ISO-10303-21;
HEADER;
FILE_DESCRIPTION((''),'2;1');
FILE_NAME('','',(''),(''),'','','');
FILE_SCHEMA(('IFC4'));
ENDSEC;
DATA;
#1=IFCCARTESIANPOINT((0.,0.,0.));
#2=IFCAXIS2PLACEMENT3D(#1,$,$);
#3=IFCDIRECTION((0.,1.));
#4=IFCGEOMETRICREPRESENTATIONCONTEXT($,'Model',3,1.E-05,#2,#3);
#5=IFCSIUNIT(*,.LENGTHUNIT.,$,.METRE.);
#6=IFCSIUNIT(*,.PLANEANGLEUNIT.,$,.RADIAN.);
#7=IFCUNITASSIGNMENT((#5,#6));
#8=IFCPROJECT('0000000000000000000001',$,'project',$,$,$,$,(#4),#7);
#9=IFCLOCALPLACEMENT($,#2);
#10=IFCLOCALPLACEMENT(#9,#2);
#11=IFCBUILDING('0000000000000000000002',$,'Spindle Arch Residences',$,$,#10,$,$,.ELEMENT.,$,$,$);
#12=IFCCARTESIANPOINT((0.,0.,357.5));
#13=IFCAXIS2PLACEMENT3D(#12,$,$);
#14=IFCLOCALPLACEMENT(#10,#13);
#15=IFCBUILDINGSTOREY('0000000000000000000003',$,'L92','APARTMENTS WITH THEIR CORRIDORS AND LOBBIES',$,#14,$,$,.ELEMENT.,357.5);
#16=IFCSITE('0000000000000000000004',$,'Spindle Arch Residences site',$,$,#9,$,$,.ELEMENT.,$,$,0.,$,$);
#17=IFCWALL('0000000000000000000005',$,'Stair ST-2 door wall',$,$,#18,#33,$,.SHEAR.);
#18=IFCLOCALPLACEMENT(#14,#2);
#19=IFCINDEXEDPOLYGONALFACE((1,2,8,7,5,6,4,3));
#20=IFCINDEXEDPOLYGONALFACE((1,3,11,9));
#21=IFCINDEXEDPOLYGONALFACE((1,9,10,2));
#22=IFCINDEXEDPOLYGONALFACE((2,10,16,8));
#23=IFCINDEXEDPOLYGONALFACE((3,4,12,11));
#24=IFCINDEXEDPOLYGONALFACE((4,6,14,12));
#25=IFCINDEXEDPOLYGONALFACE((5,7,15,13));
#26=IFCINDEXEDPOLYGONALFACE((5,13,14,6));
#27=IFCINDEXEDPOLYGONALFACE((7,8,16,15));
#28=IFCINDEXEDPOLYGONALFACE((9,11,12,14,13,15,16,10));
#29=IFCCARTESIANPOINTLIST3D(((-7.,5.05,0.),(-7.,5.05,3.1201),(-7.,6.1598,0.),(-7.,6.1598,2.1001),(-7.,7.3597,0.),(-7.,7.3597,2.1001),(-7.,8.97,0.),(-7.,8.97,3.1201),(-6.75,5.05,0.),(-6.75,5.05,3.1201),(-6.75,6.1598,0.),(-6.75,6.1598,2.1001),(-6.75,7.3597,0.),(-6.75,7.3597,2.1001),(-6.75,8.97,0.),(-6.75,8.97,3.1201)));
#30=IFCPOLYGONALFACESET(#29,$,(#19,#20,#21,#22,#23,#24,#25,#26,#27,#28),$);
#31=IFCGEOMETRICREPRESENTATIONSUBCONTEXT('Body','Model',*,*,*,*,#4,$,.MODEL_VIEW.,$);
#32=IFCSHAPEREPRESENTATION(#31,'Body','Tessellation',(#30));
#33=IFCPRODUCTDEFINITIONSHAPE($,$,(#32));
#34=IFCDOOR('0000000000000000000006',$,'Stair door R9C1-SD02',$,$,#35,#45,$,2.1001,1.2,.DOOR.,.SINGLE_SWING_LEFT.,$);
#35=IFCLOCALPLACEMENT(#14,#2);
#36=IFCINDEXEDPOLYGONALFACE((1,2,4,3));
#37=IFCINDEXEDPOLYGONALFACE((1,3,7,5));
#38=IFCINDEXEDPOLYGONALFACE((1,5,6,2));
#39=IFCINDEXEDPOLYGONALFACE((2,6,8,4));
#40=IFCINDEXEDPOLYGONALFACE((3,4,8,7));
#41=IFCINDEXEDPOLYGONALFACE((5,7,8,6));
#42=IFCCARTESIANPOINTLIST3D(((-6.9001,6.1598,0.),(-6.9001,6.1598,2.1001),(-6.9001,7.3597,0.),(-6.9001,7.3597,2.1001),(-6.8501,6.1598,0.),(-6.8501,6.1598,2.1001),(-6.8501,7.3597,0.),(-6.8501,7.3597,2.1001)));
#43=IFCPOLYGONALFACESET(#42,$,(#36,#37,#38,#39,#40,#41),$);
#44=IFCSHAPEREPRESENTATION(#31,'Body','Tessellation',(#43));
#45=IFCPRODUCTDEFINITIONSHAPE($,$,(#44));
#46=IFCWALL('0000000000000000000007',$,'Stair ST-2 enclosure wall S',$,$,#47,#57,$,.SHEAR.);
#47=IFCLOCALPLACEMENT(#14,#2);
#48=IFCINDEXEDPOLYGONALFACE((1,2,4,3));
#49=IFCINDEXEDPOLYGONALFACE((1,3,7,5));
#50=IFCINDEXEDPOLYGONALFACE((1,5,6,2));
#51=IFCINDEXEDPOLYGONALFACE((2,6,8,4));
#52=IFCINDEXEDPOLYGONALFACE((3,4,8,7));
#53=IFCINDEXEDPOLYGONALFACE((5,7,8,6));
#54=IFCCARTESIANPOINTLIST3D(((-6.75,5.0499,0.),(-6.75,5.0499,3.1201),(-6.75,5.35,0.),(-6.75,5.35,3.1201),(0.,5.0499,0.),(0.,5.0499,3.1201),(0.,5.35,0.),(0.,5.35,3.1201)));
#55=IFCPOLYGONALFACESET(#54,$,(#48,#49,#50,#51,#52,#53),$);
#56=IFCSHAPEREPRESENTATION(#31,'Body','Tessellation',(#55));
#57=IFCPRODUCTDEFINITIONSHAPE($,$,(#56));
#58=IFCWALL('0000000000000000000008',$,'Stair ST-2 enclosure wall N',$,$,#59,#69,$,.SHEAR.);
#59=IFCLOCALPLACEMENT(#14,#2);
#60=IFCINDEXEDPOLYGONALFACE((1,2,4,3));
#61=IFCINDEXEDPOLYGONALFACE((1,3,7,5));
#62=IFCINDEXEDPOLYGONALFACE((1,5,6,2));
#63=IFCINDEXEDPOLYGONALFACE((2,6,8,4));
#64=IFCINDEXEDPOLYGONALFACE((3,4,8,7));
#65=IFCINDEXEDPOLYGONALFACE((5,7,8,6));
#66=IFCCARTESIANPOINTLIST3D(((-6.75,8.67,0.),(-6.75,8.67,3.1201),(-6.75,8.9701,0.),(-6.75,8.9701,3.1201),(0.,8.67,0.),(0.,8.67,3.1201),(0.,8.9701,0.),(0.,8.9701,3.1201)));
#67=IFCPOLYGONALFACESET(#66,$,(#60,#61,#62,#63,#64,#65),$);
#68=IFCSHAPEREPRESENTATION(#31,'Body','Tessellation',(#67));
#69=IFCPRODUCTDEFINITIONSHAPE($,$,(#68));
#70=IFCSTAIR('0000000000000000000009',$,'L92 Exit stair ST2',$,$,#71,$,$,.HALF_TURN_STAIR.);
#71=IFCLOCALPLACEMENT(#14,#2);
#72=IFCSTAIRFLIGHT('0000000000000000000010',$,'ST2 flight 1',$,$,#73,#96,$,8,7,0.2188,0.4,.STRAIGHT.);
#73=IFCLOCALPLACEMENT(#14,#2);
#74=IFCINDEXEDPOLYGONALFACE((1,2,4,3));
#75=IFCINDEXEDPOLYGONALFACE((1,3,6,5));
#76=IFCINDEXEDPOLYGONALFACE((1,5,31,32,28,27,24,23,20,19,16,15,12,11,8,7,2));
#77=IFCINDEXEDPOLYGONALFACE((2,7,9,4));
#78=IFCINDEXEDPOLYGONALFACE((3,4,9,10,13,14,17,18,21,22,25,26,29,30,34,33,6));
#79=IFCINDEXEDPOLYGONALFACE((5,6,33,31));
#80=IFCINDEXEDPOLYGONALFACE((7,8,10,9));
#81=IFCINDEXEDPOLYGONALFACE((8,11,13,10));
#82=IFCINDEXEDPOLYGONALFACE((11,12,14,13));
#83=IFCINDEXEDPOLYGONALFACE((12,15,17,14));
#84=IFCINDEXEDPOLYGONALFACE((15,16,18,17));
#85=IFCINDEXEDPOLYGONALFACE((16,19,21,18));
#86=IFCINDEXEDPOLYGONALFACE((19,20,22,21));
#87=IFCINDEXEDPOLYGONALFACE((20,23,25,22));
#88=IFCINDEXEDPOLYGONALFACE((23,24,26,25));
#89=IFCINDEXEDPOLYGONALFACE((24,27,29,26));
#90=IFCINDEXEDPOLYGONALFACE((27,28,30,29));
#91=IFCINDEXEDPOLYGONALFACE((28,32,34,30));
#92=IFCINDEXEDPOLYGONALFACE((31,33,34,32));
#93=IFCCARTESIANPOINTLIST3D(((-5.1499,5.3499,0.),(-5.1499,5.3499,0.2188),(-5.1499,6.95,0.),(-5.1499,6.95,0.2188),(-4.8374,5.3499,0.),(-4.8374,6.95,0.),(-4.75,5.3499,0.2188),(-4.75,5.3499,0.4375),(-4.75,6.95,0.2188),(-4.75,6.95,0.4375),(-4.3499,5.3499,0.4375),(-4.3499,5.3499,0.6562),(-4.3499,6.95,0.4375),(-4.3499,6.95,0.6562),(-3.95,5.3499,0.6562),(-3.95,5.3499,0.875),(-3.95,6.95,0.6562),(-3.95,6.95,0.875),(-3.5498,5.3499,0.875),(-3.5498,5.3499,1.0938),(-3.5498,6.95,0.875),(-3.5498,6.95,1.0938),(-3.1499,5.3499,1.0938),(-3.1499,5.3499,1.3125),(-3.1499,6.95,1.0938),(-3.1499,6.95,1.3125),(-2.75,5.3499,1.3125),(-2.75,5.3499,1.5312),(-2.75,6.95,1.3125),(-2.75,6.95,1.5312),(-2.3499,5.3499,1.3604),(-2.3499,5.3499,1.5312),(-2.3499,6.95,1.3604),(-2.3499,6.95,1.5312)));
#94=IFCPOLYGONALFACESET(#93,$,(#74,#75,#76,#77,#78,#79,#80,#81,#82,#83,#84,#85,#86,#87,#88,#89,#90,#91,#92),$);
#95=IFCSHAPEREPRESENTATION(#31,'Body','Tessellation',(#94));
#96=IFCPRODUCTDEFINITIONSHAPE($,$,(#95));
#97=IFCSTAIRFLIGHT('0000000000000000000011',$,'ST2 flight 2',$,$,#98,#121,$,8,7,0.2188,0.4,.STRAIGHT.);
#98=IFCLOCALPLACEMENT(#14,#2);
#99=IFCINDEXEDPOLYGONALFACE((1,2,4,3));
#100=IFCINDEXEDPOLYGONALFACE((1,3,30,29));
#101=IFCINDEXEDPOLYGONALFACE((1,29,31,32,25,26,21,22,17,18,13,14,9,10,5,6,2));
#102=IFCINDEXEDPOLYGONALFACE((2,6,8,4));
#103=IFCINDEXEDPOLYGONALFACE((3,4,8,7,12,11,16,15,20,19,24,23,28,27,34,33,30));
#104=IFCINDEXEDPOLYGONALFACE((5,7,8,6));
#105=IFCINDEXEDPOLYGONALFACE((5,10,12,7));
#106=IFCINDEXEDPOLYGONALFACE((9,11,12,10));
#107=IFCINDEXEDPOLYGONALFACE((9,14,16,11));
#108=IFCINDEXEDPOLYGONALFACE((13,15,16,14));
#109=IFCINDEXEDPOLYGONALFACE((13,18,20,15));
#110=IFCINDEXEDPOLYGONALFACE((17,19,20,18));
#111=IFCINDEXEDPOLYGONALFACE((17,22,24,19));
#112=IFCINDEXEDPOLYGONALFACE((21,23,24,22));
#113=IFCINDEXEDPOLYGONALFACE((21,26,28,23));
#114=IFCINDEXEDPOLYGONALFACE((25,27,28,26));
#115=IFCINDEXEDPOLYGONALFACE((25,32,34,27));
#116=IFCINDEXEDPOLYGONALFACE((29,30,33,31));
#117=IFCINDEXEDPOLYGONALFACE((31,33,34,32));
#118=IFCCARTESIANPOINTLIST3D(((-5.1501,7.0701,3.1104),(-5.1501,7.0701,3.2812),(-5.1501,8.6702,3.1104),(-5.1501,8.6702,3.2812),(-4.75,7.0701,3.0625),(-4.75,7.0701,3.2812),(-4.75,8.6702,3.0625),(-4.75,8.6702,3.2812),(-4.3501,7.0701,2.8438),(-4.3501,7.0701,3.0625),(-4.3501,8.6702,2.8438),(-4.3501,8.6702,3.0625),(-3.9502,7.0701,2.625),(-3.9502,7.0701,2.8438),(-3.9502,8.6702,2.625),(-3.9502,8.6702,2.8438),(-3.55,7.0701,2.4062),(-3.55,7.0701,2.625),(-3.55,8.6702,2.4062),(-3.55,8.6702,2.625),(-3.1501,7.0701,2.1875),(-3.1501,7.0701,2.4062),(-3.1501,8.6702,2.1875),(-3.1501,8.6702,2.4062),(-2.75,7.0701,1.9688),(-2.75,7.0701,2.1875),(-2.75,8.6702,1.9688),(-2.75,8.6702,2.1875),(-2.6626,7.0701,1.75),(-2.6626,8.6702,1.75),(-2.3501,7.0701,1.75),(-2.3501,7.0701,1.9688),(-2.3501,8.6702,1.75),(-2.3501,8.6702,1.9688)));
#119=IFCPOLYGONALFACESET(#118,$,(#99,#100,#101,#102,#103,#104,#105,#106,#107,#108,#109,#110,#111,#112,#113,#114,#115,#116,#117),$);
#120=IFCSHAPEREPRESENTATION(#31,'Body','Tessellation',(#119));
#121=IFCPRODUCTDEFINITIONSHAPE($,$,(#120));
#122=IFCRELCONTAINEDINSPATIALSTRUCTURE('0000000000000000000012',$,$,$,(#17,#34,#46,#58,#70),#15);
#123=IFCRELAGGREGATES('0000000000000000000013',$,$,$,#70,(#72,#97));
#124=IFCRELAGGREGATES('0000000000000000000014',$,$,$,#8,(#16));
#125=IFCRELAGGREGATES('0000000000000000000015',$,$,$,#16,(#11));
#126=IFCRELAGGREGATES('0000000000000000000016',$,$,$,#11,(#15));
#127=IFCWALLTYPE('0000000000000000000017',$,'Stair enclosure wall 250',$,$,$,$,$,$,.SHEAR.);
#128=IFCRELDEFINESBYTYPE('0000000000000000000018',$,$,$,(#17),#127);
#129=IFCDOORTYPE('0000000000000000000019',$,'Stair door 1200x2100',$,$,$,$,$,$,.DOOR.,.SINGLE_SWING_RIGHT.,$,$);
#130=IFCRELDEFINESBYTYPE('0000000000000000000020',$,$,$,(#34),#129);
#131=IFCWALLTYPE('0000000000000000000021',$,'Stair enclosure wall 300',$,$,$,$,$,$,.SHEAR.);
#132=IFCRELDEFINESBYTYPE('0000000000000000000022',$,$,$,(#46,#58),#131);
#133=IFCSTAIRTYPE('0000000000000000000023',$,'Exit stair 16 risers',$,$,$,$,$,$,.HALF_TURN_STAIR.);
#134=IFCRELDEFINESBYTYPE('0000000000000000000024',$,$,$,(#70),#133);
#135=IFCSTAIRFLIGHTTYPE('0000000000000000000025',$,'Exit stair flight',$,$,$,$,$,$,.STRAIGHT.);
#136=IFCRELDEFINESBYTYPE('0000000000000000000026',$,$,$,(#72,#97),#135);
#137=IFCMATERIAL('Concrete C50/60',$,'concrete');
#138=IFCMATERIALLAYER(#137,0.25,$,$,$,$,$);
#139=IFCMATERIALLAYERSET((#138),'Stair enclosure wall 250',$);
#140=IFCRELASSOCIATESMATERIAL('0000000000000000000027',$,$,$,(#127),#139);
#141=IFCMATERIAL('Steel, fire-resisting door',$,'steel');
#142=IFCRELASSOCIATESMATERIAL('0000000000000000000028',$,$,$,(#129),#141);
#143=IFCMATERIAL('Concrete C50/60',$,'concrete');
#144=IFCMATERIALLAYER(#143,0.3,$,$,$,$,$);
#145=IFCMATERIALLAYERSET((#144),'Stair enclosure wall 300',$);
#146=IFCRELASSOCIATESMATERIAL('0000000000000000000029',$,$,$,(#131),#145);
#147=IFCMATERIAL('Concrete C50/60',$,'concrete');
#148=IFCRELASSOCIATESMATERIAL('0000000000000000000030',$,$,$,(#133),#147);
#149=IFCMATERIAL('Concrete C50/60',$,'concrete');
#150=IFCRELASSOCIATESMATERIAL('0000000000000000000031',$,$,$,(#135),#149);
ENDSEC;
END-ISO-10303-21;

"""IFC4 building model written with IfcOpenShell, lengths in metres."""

from ifc_helpers import new_model, si_unit, direction, frame, frame_2d, origin, place, context, subcontext, project, spatial, polyline, rectangle, outline, extrude, material, layer, layer_set, type_object, element, fill, aggregate, save


model = new_model("IFC4")

# Units and contexts
model_context = context("Model", 3, precision=1e-05, world=origin(), true_north=direction((0.0, 1.0)))
body_context = subcontext(model_context, "Body", "Model", "MODEL_VIEW")
ifc_project = project(units=[si_unit("LENGTHUNIT", "METRE"), si_unit("PLANEANGLEUNIT", "RADIAN")], contexts=[model_context])

# Site, building, storey
site_placement = place(None, origin())
site = spatial("IfcSite", under=ifc_project, at=site_placement, Name="Spindle Arch Residences site", CompositionType="ELEMENT", RefElevation=0.0)
building_placement = place(site_placement, origin())
building = spatial("IfcBuilding", under=site, at=building_placement, Name="Spindle Arch Residences", CompositionType="ELEMENT")
storey_placement = place(building_placement, frame((0.0, 0.0, 357.5)))
storey = spatial("IfcBuildingStorey", under=building, at=storey_placement, Name="L92", Description="APARTMENTS WITH THEIR CORRIDORS AND LOBBIES", CompositionType="ELEMENT", Elevation=357.5)

# Wall, opening, door
ifc_material_1 = material(Name="Concrete C50/60", Category="concrete")
ifc_layer_1 = layer(ifc_material_1, 0.25)
ifc_layer_set_1 = layer_set([ifc_layer_1], Name="Stair enclosure wall 250")
wall_type_1 = type_object("IfcWallType", Name="Stair enclosure wall 250", PredefinedType="SHEAR", material=ifc_layer_set_1)
wall_1_placement = place(storey_placement, frame((-6.875, 8.97, 0.0), z_axis=(0.0, 0.0, 1.0), x_axis=(0.0, -1.0, 0.0)))
wall_1 = element("IfcWall", 1, at=wall_1_placement, inside=storey, type_object=wall_type_1, Name="Stair ST-2 door wall", PredefinedType="SHEAR", context=body_context, shape_type="SweptSolid", body=[
    extrude(rectangle(XDim=3.9199, YDim=0.25, at=frame_2d((1.96, 0.0))), origin(), (0.0, 0.0, 1.0), 3.1201),
])
opening_1_placement = place(wall_1_placement, frame((1.6101, 0.0, 0.0)))
opening_1 = element("IfcOpeningElement", 2, at=opening_1_placement, cuts=wall_1, PredefinedType="OPENING", context=body_context, shape_type="SweptSolid", body=[
    extrude(rectangle(XDim=1.2, YDim=2.1001, at=frame_2d((0.6001, 1.05))), frame((0.0, 0.135, 0.0), z_axis=(0.0, -1.0, 0.0), x_axis=(1.0, 0.0, 0.0)), (0.0, 0.0, 1.0), 0.27),
])
ifc_material_2 = material(Name="Steel, fire-resisting door", Category="steel")
door_type_1 = type_object("IfcDoorType", Name="Stair door 1200x2100", OperationType="SINGLE_SWING_RIGHT", PredefinedType="DOOR", material=ifc_material_2)
door_1_placement = place(opening_1_placement, origin())
door_1 = element("IfcDoor", 3, at=door_1_placement, inside=storey, type_object=door_type_1, Name="Stair door R9C1-SD02", OperationType="SINGLE_SWING_LEFT", OverallHeight=2.1001, OverallWidth=1.2, PredefinedType="DOOR", context=body_context, shape_type="SweptSolid", body=[
    extrude(rectangle(XDim=1.2, YDim=2.1001, at=frame_2d((0.6001, 1.05))), frame((0.0, 0.0249, 0.0), z_axis=(0.0, -1.0, 0.0), x_axis=(1.0, 0.0, 0.0)), (0.0, 0.0, 1.0), 0.05),
])
fill(opening_1, door_1)

# Walls
ifc_material_3 = material(Name="Concrete C50/60", Category="concrete")
ifc_layer_2 = layer(ifc_material_3, 0.3)
ifc_layer_set_2 = layer_set([ifc_layer_2], Name="Stair enclosure wall 300")
wall_type_2 = type_object("IfcWallType", Name="Stair enclosure wall 300", PredefinedType="SHEAR", material=ifc_layer_set_2)
for number, where, z_axis, x_axis, name in (
    (4, (-6.75, 5.2, 0.0), (0.0, 0.0, 1.0), (1.0, 0.0, 0.0), "Stair ST-2 enclosure wall S"),
    (5, (-6.75, 8.8201, 0.0), (0.0, 0.0, 1.0), (1.0, 0.0, 0.0), "Stair ST-2 enclosure wall N"),
):
    element("IfcWall", number, at=place(storey_placement, frame(where, z_axis=z_axis, x_axis=x_axis)), inside=storey, type_object=wall_type_2, Name=name, PredefinedType="SHEAR", context=body_context, shape_type="SweptSolid", body=[
        extrude(rectangle(XDim=6.75, YDim=0.3, at=frame_2d((3.375, 0.0))), origin(), (0.0, 0.0, 1.0), 3.1201),
    ])

# Stair, stair flights
ifc_material_4 = material(Name="Concrete C50/60", Category="concrete")
stair_type = type_object("IfcStairType", Name="Exit stair 16 risers", PredefinedType="HALF_TURN_STAIR", material=ifc_material_4)
stair_placement = place(storey_placement, origin())
stair = element("IfcStair", 6, at=stair_placement, inside=storey, type_object=stair_type, Name="L92 Exit stair ST2", PredefinedType="HALF_TURN_STAIR")
ifc_material_5 = material(Name="Concrete C50/60", Category="concrete")
stair_flight_type = type_object("IfcStairFlightType", Name="Exit stair flight", PredefinedType="STRAIGHT", material=ifc_material_5)
stair_flight_1_placement = place(storey_placement, frame((-5.1499, 6.1499, 0.0), z_axis=(0.0, 0.0, 1.0), x_axis=(1.0, 0.0, 0.0)))
stair_flight_1 = element("IfcStairFlight", 7, at=stair_flight_1_placement, type_object=stair_flight_type, Name="ST2 flight 1", NumberOfRisers=8, NumberOfTreads=7, PredefinedType="STRAIGHT", RiserHeight=0.2188, TreadLength=0.4, context=body_context, shape_type="SweptSolid", body=[
    extrude(outline(polyline([(0.0, 0.0), (0.0, 0.2188), (0.3999, 0.2188), (0.3999, 0.4375), (0.8, 0.4375), (0.8, 0.6562), (1.2, 0.6562), (1.2, 0.875), (1.6001, 0.875), (1.6001, 1.0938), (2.0, 1.0938), (2.0, 1.3125), (2.3999, 1.3125), (2.3999, 1.5312), (2.8, 1.5312), (2.8, 1.75), (2.8, 1.3604), (0.3125, 0.0), (0.0, 0.0)])), frame((0.0, 0.8, 0.0), z_axis=(0.0, -1.0, 0.0), x_axis=(1.0, 0.0, 0.0)), (0.0, 0.0, 1.0), 1.6001),
])
stair_flight_2_placement = place(storey_placement, frame((-2.3501, 7.8701, 1.75), z_axis=(0.0, 0.0, 1.0), x_axis=(-1.0, 0.0, 0.0)))
stair_flight_2 = element("IfcStairFlight", 8, at=stair_flight_2_placement, type_object=stair_flight_type, Name="ST2 flight 2", NumberOfRisers=8, NumberOfTreads=7, PredefinedType="STRAIGHT", RiserHeight=0.2188, TreadLength=0.4, context=body_context, shape_type="SweptSolid", body=[
    extrude(outline(polyline([(0.0, 0.0), (0.0, 0.2188), (0.3999, 0.2188), (0.3999, 0.4375), (0.8, 0.4375), (0.8, 0.6562), (1.2, 0.6562), (1.2, 0.875), (1.6001, 0.875), (1.6001, 1.0938), (2.0, 1.0938), (2.0, 1.3125), (2.3999, 1.3125), (2.3999, 1.5312), (2.8, 1.5312), (2.8, 1.75), (2.8, 1.3604), (0.3125, 0.0), (0.0, 0.0)])), frame((0.0, 0.8, 0.0), z_axis=(0.0, -1.0, 0.0), x_axis=(1.0, 0.0, 0.0)), (0.0, 0.0, 1.0), 1.6001),
])
aggregate(stair, [stair_flight_1, stair_flight_2])

save(model, "model.ifc")
